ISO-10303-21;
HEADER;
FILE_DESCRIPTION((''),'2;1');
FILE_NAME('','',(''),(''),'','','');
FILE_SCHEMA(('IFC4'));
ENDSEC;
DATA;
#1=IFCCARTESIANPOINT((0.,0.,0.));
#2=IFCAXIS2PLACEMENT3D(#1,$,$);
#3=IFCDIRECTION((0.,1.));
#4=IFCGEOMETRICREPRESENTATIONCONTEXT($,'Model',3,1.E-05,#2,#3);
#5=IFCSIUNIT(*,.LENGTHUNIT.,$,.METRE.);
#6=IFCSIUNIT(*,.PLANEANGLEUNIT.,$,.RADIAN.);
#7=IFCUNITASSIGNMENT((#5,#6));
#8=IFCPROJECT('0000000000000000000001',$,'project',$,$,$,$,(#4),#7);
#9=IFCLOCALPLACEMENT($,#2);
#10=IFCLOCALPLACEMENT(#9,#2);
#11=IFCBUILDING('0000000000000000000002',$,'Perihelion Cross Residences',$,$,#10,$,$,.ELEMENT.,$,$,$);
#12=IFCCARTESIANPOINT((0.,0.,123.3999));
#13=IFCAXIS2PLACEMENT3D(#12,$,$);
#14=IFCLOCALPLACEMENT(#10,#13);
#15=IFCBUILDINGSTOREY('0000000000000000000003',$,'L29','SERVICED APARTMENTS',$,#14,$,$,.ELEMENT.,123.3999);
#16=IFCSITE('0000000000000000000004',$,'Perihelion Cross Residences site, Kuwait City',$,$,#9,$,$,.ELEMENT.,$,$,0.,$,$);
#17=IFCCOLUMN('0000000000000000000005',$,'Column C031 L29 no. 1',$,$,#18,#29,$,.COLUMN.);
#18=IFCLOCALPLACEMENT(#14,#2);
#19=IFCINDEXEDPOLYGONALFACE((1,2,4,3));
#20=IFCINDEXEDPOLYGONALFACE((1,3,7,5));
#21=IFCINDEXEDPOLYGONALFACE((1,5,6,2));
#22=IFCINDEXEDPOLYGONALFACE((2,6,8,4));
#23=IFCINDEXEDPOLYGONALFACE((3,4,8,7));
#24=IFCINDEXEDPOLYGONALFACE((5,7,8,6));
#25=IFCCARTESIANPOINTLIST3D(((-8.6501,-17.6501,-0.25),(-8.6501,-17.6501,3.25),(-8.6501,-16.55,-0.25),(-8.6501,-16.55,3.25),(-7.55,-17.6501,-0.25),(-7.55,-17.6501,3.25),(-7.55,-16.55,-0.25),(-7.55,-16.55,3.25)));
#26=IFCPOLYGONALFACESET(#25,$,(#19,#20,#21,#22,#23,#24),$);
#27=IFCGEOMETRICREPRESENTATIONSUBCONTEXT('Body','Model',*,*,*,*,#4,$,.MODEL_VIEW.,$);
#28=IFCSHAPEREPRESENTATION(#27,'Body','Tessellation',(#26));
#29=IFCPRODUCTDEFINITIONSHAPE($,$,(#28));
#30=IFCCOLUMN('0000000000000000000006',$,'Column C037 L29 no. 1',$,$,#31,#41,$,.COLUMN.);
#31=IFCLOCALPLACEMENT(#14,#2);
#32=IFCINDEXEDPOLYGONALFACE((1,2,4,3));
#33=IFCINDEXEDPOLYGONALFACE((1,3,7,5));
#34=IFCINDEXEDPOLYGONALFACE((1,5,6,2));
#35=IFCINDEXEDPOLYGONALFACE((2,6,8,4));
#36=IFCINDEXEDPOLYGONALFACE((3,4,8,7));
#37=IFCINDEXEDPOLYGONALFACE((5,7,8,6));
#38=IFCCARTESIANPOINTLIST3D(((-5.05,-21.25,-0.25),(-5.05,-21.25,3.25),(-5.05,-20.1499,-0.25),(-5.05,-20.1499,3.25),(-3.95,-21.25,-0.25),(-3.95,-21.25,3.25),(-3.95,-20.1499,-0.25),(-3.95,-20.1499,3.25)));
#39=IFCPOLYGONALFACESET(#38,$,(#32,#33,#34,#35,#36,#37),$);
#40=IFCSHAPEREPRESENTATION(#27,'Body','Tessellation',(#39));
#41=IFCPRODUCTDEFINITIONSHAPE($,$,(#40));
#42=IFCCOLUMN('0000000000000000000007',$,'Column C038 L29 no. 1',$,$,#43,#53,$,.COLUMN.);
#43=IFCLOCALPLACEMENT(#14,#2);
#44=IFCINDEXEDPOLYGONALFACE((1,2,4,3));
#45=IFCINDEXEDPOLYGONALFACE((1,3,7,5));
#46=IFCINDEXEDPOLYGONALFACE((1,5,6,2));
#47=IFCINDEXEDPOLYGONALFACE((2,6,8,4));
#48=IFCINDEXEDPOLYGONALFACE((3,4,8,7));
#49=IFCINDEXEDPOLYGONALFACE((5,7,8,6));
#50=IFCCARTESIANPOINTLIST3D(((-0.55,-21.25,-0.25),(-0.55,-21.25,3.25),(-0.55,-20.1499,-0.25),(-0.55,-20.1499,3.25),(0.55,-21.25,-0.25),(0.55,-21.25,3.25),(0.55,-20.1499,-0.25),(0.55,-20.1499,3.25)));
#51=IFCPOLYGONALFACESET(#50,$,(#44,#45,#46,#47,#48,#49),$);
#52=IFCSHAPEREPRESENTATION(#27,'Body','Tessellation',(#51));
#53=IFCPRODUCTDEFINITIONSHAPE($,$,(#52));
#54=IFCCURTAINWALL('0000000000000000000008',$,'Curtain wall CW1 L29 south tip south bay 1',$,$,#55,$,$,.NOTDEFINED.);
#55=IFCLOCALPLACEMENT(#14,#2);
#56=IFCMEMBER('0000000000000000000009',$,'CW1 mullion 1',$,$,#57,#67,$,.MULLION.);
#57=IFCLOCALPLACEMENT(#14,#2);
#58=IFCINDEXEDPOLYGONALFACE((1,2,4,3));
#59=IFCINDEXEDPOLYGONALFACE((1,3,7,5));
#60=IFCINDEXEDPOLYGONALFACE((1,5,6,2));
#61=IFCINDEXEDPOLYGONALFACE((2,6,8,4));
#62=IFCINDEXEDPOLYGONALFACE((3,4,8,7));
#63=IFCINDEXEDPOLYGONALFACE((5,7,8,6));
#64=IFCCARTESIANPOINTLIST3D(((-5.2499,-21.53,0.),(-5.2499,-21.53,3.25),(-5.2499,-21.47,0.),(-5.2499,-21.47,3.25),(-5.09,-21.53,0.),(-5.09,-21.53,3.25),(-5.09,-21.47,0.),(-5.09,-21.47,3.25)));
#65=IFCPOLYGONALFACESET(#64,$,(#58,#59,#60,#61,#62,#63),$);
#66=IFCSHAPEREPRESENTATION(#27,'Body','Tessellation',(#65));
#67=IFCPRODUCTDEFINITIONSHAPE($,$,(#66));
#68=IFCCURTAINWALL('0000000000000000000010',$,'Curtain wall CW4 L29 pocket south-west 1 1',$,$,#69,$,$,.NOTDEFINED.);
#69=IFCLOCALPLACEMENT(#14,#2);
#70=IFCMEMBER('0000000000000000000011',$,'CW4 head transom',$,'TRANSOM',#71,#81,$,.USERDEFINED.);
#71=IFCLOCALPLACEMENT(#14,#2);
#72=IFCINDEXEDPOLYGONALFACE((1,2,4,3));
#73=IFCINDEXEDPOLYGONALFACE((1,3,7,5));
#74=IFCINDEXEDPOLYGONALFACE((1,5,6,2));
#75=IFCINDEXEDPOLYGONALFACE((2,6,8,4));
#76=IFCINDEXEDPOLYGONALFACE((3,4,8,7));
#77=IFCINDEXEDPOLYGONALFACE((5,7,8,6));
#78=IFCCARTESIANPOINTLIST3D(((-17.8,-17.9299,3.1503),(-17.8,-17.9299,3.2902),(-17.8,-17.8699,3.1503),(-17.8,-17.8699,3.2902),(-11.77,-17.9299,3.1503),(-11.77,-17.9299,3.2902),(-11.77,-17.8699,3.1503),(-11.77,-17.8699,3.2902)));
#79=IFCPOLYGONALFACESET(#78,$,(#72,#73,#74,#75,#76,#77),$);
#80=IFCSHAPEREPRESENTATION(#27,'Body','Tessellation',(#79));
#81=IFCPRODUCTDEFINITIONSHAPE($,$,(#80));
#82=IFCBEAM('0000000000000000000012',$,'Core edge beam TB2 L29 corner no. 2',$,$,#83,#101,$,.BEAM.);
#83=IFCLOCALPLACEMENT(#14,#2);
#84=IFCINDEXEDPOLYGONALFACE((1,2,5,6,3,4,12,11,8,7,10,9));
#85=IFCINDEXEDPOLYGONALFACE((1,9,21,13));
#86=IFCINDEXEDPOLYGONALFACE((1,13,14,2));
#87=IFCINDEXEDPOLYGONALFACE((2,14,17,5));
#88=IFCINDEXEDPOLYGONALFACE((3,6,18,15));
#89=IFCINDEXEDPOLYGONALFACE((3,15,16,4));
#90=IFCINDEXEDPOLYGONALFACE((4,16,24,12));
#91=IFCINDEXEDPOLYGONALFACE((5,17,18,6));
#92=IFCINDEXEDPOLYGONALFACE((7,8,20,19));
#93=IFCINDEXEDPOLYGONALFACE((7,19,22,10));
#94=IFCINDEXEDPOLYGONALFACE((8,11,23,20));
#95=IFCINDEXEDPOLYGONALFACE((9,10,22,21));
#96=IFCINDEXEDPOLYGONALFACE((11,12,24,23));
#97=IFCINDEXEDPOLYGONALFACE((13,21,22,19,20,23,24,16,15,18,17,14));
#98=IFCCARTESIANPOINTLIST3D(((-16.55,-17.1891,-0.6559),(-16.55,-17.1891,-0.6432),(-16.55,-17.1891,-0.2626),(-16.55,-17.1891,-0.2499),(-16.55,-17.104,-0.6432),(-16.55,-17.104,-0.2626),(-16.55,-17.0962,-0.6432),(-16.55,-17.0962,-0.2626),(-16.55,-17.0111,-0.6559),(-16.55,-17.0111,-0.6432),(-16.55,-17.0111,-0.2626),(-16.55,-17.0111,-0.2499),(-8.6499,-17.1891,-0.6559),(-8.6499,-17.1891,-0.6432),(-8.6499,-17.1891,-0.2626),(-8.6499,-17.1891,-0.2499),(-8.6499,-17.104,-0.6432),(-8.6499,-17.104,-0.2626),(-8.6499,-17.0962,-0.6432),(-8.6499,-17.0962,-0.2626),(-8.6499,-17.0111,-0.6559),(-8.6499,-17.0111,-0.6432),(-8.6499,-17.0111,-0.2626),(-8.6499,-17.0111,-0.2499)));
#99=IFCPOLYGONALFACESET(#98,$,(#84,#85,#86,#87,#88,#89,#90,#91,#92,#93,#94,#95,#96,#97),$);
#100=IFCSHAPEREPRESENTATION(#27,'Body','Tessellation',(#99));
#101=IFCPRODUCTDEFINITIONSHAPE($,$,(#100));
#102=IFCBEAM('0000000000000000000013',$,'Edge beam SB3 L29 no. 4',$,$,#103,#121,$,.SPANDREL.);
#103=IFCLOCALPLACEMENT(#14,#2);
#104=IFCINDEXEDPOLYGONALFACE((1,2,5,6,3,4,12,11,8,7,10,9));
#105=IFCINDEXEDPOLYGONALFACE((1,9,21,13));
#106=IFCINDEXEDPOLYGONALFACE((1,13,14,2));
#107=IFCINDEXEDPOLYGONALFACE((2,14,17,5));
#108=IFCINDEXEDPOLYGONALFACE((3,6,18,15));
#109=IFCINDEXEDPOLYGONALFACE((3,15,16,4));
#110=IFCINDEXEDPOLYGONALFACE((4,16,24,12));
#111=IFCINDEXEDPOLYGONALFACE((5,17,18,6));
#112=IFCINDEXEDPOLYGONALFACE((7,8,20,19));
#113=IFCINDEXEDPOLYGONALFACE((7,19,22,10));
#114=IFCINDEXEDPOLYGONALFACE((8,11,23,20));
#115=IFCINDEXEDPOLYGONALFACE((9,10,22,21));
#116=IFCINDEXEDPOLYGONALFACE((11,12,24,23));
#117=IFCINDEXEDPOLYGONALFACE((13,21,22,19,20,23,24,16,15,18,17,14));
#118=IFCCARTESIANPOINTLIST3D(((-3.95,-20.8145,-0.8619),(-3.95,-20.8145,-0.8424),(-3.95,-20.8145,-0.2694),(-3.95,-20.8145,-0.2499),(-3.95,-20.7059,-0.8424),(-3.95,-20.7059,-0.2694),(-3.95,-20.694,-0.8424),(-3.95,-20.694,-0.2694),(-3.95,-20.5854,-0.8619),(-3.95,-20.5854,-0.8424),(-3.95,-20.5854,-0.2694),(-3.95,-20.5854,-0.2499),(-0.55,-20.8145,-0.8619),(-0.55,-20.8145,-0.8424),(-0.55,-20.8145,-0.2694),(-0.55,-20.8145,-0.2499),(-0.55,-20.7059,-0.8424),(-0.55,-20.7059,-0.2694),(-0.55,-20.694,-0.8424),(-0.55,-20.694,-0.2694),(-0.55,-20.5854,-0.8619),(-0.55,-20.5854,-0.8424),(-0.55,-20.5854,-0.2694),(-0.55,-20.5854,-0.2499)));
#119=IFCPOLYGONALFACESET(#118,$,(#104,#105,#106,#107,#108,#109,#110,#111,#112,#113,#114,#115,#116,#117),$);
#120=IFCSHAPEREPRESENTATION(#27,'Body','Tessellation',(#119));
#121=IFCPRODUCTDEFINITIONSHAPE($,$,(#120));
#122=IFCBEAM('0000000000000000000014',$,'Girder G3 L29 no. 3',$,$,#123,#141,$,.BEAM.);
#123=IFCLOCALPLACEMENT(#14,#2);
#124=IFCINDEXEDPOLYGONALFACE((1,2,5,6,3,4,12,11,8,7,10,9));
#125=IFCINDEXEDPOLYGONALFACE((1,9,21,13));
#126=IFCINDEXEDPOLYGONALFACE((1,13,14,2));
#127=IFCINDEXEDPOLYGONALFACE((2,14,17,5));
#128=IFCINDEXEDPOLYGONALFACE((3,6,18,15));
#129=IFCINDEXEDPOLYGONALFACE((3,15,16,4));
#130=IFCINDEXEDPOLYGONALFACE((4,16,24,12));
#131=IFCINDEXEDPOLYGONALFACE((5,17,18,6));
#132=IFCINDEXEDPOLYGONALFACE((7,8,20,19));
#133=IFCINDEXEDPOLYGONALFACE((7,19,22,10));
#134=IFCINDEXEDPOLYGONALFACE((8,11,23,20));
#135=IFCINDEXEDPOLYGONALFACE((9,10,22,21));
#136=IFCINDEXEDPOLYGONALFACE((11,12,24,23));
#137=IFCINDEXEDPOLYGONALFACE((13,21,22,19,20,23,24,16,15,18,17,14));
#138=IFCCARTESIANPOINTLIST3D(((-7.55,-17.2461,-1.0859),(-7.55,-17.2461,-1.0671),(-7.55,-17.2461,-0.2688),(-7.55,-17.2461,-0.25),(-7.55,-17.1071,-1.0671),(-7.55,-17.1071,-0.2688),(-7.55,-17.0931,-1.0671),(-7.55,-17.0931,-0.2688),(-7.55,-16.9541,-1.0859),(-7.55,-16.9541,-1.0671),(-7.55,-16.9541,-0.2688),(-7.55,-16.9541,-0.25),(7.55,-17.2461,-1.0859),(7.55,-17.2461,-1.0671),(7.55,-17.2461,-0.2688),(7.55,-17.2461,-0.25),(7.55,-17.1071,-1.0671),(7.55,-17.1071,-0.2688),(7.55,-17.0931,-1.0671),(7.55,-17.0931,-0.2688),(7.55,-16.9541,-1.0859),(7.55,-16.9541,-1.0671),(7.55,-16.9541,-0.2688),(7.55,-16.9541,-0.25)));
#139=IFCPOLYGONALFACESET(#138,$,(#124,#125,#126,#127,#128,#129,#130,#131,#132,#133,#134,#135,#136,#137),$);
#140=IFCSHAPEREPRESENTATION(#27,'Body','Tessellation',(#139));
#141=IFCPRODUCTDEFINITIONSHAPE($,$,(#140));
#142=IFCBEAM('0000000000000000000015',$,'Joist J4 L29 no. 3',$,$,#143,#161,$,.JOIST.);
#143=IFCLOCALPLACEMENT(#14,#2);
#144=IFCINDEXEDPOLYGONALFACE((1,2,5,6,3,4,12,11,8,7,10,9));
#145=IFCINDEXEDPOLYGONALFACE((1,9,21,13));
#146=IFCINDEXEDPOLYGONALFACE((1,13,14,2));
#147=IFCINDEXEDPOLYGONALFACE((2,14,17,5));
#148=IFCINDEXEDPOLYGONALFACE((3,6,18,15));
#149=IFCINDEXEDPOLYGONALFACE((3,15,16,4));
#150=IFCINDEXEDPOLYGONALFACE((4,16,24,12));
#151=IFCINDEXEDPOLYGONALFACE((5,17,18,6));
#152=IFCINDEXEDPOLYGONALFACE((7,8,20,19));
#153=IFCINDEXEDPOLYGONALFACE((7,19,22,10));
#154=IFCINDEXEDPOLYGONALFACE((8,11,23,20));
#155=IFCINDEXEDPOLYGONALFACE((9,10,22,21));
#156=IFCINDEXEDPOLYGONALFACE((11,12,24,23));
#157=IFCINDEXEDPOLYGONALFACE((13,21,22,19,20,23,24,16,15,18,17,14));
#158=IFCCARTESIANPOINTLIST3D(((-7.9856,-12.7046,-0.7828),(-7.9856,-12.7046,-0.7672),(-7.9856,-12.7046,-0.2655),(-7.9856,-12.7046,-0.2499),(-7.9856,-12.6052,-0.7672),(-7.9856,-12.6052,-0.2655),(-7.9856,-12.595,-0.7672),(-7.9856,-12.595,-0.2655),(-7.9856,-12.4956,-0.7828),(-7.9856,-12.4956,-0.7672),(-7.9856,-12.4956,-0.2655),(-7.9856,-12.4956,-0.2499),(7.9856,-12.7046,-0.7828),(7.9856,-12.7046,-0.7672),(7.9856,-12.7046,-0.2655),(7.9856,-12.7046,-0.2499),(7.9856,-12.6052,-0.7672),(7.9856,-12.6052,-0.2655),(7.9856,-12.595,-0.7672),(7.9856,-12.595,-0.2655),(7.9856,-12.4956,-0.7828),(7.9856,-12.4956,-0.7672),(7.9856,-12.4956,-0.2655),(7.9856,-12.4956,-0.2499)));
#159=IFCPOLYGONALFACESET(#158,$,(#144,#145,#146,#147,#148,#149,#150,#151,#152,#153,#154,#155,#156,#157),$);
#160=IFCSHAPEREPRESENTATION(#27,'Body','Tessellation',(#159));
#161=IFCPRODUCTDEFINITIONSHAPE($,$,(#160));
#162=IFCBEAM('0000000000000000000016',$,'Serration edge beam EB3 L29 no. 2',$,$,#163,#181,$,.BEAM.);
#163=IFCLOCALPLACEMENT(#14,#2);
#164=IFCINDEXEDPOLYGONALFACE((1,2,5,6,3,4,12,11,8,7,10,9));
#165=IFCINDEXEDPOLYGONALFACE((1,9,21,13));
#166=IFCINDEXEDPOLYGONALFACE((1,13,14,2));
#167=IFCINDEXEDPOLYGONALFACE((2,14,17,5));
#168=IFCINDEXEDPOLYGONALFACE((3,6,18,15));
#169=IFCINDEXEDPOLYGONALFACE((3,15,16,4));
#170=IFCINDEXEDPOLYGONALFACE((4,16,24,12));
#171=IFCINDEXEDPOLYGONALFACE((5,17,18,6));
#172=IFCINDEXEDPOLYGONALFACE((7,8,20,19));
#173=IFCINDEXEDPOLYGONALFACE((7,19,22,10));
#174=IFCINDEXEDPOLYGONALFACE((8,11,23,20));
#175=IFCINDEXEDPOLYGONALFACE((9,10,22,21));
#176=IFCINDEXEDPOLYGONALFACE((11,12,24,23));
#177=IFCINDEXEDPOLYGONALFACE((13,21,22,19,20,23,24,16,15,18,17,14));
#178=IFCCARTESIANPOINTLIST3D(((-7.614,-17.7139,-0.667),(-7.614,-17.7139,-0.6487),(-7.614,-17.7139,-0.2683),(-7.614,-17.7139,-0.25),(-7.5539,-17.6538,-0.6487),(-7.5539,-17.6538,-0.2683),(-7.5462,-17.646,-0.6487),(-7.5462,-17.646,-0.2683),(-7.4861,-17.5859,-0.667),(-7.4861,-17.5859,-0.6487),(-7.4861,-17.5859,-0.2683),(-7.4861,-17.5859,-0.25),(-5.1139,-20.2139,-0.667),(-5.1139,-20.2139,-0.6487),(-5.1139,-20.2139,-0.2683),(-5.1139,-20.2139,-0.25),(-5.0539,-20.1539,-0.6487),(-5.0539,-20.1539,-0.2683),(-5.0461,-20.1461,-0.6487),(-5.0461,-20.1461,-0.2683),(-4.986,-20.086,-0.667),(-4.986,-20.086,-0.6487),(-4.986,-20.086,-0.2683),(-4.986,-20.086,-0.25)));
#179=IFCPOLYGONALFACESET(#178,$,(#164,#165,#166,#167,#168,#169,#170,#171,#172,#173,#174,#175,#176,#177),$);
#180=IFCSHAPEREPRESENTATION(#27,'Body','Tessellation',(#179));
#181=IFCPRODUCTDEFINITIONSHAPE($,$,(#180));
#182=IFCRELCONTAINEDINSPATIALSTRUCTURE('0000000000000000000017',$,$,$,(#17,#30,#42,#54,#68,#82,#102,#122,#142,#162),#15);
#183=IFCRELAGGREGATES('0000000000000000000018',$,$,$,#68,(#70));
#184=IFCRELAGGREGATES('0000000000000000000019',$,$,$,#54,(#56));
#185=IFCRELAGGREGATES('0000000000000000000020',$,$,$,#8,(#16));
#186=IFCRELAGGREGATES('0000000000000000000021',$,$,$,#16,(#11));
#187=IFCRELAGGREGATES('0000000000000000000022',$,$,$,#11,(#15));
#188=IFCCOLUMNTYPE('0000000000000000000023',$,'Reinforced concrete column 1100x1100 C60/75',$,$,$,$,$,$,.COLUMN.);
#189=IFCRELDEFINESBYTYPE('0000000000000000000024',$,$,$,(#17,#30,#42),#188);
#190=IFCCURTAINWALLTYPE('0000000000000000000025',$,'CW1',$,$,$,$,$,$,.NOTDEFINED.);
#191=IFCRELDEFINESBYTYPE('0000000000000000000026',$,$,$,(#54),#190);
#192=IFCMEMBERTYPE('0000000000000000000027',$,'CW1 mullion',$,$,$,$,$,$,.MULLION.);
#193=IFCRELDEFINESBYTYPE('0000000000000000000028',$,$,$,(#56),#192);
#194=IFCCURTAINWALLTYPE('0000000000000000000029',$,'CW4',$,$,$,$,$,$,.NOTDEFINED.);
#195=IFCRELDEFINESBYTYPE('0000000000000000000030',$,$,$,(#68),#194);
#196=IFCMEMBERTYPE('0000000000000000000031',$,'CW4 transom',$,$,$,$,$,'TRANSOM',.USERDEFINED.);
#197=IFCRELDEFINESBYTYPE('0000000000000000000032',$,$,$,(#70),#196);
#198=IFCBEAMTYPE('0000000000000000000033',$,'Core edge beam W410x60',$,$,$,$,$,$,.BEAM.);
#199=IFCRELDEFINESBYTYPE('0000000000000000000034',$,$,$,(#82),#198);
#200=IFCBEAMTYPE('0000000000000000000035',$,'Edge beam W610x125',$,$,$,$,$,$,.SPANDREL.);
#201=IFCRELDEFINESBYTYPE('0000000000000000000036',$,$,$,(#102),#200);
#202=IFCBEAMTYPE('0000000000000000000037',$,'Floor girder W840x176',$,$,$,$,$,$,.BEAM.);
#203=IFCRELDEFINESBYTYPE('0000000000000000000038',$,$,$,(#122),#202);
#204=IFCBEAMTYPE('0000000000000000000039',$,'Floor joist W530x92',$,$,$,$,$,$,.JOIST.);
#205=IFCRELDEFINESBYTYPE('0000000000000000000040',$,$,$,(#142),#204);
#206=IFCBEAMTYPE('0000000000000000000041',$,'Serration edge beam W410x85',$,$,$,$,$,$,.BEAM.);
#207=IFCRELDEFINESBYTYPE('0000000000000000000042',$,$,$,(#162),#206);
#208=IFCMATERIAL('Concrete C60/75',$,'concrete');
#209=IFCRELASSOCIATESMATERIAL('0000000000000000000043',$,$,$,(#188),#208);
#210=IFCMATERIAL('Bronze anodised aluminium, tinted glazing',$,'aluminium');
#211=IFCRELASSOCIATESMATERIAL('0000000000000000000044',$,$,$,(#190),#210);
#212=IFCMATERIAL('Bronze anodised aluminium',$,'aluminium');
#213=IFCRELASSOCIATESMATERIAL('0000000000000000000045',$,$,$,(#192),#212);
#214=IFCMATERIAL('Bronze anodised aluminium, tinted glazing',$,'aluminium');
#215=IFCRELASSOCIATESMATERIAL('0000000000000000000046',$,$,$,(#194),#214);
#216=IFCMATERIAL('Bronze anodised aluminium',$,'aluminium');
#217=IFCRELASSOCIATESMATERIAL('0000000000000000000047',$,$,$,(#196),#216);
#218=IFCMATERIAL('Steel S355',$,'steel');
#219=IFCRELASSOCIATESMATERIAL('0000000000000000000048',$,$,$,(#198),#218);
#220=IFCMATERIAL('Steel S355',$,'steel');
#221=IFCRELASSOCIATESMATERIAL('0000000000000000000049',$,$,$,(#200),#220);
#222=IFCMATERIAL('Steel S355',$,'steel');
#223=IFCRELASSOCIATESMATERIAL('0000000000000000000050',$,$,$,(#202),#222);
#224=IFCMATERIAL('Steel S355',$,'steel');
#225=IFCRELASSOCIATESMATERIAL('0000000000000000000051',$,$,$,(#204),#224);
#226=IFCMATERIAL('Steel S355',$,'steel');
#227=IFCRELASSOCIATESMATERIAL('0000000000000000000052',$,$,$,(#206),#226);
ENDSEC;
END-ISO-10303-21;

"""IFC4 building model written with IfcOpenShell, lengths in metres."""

from ifc_helpers import new_model, si_unit, direction, frame, origin, origin_2d, place, context, subcontext, project, spatial, rectangle, i_section, extrude, material, material_profile, profile_set, type_object, element, aggregate, save


model = new_model("IFC4")

# Units and contexts
model_context = context("Model", 3, precision=1e-05, world=origin(), true_north=direction((0.0, 1.0)))
body_context = subcontext(model_context, "Body", "Model", "MODEL_VIEW")
ifc_project = project(units=[si_unit("LENGTHUNIT", "METRE"), si_unit("PLANEANGLEUNIT", "RADIAN")], contexts=[model_context])

# Site, building, storey
site_placement = place(None, origin())
site = spatial("IfcSite", under=ifc_project, at=site_placement, Name="Perihelion Cross Residences site, Kuwait City", CompositionType="ELEMENT", RefElevation=0.0)
building_placement = place(site_placement, origin())
building = spatial("IfcBuilding", under=site, at=building_placement, Name="Perihelion Cross Residences", CompositionType="ELEMENT")
storey_placement = place(building_placement, frame((0.0, 0.0, 123.3999)))
storey = spatial("IfcBuildingStorey", under=building, at=storey_placement, Name="L29", Description="SERVICED APARTMENTS", CompositionType="ELEMENT", Elevation=123.3999)

# Columns
ifc_material_1 = material(Name="Concrete C60/75", Category="concrete")
ifc_material_profile_1 = material_profile(ifc_material_1, rectangle(XDim=1.1001, YDim=1.1001, at=origin_2d()), Name="RC 1100x1100")
ifc_profile_set_1 = profile_set([ifc_material_profile_1], Name="Concrete C60/75")
column_type = type_object("IfcColumnType", Name="Reinforced concrete column 1100x1100 C60/75", PredefinedType="COLUMN", material=ifc_profile_set_1)
for number, where, z_axis, x_axis, name in (
    (1, (-8.1001, -17.1001, -0.25), (0.0, 0.0, 1.0), (1.0, 0.0, 0.0), "Column C031 L29 no. 1"),
    (2, (-4.5, -20.7, -0.25), (0.0, 0.0, 1.0), (1.0, 0.0, 0.0), "Column C037 L29 no. 1"),
    (3, (0.0, -20.7, -0.25), (0.0, 0.0, 1.0), (1.0, 0.0, 0.0), "Column C038 L29 no. 1"),
):
    element("IfcColumn", number, at=place(storey_placement, frame(where, z_axis=z_axis, x_axis=x_axis)), inside=storey, type_object=column_type, Name=name, PredefinedType="COLUMN", context=body_context, shape_type="SweptSolid", body=[
        extrude(rectangle(XDim=1.1001, YDim=1.1001, at=origin_2d()), origin(), (0.0, 0.0, 1.0), 3.5),
    ])

# Curtain walls, members
ifc_material_2 = material(Name="Bronze anodised aluminium, tinted glazing", Category="aluminium")
curtain_wall_type_1 = type_object("IfcCurtainWallType", Name="CW1", PredefinedType="NOTDEFINED", material=ifc_material_2)
curtain_wall_1_placement = place(storey_placement, origin())
curtain_wall_1 = element("IfcCurtainWall", 4, at=curtain_wall_1_placement, inside=storey, type_object=curtain_wall_type_1, Name="Curtain wall CW1 L29 south tip south bay 1", PredefinedType="NOTDEFINED")
ifc_material_3 = material(Name="Bronze anodised aluminium", Category="aluminium")
ifc_material_profile_2 = material_profile(ifc_material_3, rectangle(XDim=0.0601, YDim=0.1599, at=origin_2d()), Name="CW1 mullion")
ifc_profile_set_2 = profile_set([ifc_material_profile_2], Name="Bronze anodised aluminium")
member_type_1 = type_object("IfcMemberType", Name="CW1 mullion", PredefinedType="MULLION", material=ifc_profile_set_2)
member_1_placement = place(storey_placement, frame((-5.1699, -21.5, 0.0), z_axis=(0.0, 0.0, 1.0), x_axis=(0.0, 1.0, 0.0)))
member_1 = element("IfcMember", 5, at=member_1_placement, type_object=member_type_1, Name="CW1 mullion 1", PredefinedType="MULLION", context=body_context, shape_type="SweptSolid", body=[
    extrude(rectangle(XDim=0.0601, YDim=0.1599, at=origin_2d()), origin(), (0.0, 0.0, 1.0), 3.25),
])
ifc_material_4 = material(Name="Bronze anodised aluminium, tinted glazing", Category="aluminium")
curtain_wall_type_2 = type_object("IfcCurtainWallType", Name="CW4", PredefinedType="NOTDEFINED", material=ifc_material_4)
curtain_wall_2_placement = place(storey_placement, origin())
curtain_wall_2 = element("IfcCurtainWall", 6, at=curtain_wall_2_placement, inside=storey, type_object=curtain_wall_type_2, Name="Curtain wall CW4 L29 pocket south-west 1 1", PredefinedType="NOTDEFINED")
ifc_material_5 = material(Name="Bronze anodised aluminium", Category="aluminium")
ifc_material_profile_3 = material_profile(ifc_material_5, rectangle(XDim=0.0601, YDim=0.1399, at=origin_2d()), Name="CW4 transom")
ifc_profile_set_3 = profile_set([ifc_material_profile_3], Name="Bronze anodised aluminium")
member_type_2 = type_object("IfcMemberType", Name="CW4 transom", ElementType="TRANSOM", PredefinedType="USERDEFINED", material=ifc_profile_set_3)
member_2_placement = place(storey_placement, frame((-11.77, -17.8999, 3.2202), z_axis=(-1.0, 0.0, 0.0), x_axis=(0.0, -1.0, 0.0)))
member_2 = element("IfcMember", 7, at=member_2_placement, type_object=member_type_2, Name="CW4 head transom", ObjectType="TRANSOM", PredefinedType="USERDEFINED", context=body_context, shape_type="SweptSolid", body=[
    extrude(rectangle(XDim=0.0601, YDim=0.1399, at=origin_2d()), origin(), (0.0, 0.0, 1.0), 6.03),
])
aggregate(curtain_wall_2, [member_2])

# Beams
ifc_material_6 = material(Name="Steel S355", Category="steel")
ifc_material_profile_4 = material_profile(ifc_material_6, i_section(OverallWidth=0.178, OverallDepth=0.406, WebThickness=0.0078, FlangeThickness=0.0127, at=origin_2d()), Name="W410x60")
ifc_profile_set_4 = profile_set([ifc_material_profile_4], Name="Steel S355")
beam_type_1 = type_object("IfcBeamType", Name="Core edge beam W410x60", PredefinedType="BEAM", material=ifc_profile_set_4)
beam_1_placement = place(storey_placement, frame((-8.6499, -17.1001, -0.4529), z_axis=(-1.0, 0.0, 0.0), x_axis=(0.0, -1.0, 0.0)))
element("IfcBeam", 8, at=beam_1_placement, inside=storey, type_object=beam_type_1, Name="Core edge beam TB2 L29 corner no. 2", PredefinedType="BEAM", context=body_context, shape_type="SweptSolid", body=[
    extrude(i_section(OverallWidth=0.178, OverallDepth=0.406, WebThickness=0.0078, FlangeThickness=0.0127, at=origin_2d()), origin(), (0.0, 0.0, 1.0), 7.9001),
])
ifc_material_7 = material(Name="Steel S355", Category="steel")
ifc_material_profile_5 = material_profile(ifc_material_7, i_section(OverallWidth=0.229, OverallDepth=0.6121, WebThickness=0.012, FlangeThickness=0.0195, at=origin_2d()), Name="W610x125")
ifc_profile_set_5 = profile_set([ifc_material_profile_5], Name="Steel S355")
beam_type_2 = type_object("IfcBeamType", Name="Edge beam W610x125", PredefinedType="SPANDREL", material=ifc_profile_set_5)
beam_2_placement = place(storey_placement, frame((-3.95, -20.7, -0.5559), z_axis=(1.0, 0.0, 0.0), x_axis=(0.0, 1.0, 0.0)))
element("IfcBeam", 9, at=beam_2_placement, inside=storey, type_object=beam_type_2, Name="Edge beam SB3 L29 no. 4", PredefinedType="SPANDREL", context=body_context, shape_type="SweptSolid", body=[
    extrude(i_section(OverallWidth=0.229, OverallDepth=0.6121, WebThickness=0.012, FlangeThickness=0.0195, at=origin_2d()), origin(), (0.0, 0.0, 1.0), 3.3999),
])
ifc_material_8 = material(Name="Steel S355", Category="steel")
ifc_material_profile_6 = material_profile(ifc_material_8, i_section(OverallWidth=0.292, OverallDepth=0.8359, WebThickness=0.0139, FlangeThickness=0.0188, at=origin_2d()), Name="W840x176")
ifc_profile_set_6 = profile_set([ifc_material_profile_6], Name="Steel S355")
beam_type_3 = type_object("IfcBeamType", Name="Floor girder W840x176", PredefinedType="BEAM", material=ifc_profile_set_6)
beam_3_placement = place(storey_placement, frame((-7.55, -17.1001, -0.668), z_axis=(1.0, 0.0, 0.0), x_axis=(0.0, 1.0, 0.0)))
element("IfcBeam", 10, at=beam_3_placement, inside=storey, type_object=beam_type_3, Name="Girder G3 L29 no. 3", PredefinedType="BEAM", context=body_context, shape_type="SweptSolid", body=[
    extrude(i_section(OverallWidth=0.292, OverallDepth=0.8359, WebThickness=0.0139, FlangeThickness=0.0188, at=origin_2d()), origin(), (0.0, 0.0, 1.0), 15.1001),
])
ifc_material_9 = material(Name="Steel S355", Category="steel")
ifc_material_profile_7 = material_profile(ifc_material_9, i_section(OverallWidth=0.209, OverallDepth=0.533, WebThickness=0.0103, FlangeThickness=0.0156, at=origin_2d()), Name="W530x92")
ifc_profile_set_7 = profile_set([ifc_material_profile_7], Name="Steel S355")
beam_type_4 = type_object("IfcBeamType", Name="Floor joist W530x92", PredefinedType="JOIST", material=ifc_profile_set_7)
beam_4_placement = place(storey_placement, frame((-7.9856, -12.6001, -0.5164), z_axis=(1.0, 0.0, 0.0), x_axis=(0.0, 1.0, 0.0)))
element("IfcBeam", 11, at=beam_4_placement, inside=storey, type_object=beam_type_4, Name="Joist J4 L29 no. 3", PredefinedType="JOIST", context=body_context, shape_type="SweptSolid", body=[
    extrude(i_section(OverallWidth=0.209, OverallDepth=0.533, WebThickness=0.0103, FlangeThickness=0.0156, at=origin_2d()), origin(), (0.0, 0.0, 1.0), 15.9712),
])
ifc_material_10 = material(Name="Steel S355", Category="steel")
ifc_material_profile_8 = material_profile(ifc_material_10, i_section(OverallWidth=0.1809, OverallDepth=0.417, WebThickness=0.011, FlangeThickness=0.0183, at=origin_2d()), Name="W410x85")
ifc_profile_set_8 = profile_set([ifc_material_profile_8], Name="Steel S355")
beam_type_5 = type_object("IfcBeamType", Name="Serration edge beam W410x85", PredefinedType="BEAM", material=ifc_profile_set_8)
beam_5_placement = place(storey_placement, frame((-7.55, -17.6499, -0.4585), z_axis=(0.707107, -0.707107, 0.0), x_axis=(0.707107, 0.707107, 0.0)))
element("IfcBeam", 12, at=beam_5_placement, inside=storey, type_object=beam_type_5, Name="Serration edge beam EB3 L29 no. 2", PredefinedType="BEAM", context=body_context, shape_type="SweptSolid", body=[
    extrude(i_section(OverallWidth=0.1809, OverallDepth=0.417, WebThickness=0.011, FlangeThickness=0.0183, at=origin_2d()), origin(), (0.0, 0.0, 1.0), 3.5356),
])

aggregate(curtain_wall_1, [member_1])

save(model, "model.ifc")
